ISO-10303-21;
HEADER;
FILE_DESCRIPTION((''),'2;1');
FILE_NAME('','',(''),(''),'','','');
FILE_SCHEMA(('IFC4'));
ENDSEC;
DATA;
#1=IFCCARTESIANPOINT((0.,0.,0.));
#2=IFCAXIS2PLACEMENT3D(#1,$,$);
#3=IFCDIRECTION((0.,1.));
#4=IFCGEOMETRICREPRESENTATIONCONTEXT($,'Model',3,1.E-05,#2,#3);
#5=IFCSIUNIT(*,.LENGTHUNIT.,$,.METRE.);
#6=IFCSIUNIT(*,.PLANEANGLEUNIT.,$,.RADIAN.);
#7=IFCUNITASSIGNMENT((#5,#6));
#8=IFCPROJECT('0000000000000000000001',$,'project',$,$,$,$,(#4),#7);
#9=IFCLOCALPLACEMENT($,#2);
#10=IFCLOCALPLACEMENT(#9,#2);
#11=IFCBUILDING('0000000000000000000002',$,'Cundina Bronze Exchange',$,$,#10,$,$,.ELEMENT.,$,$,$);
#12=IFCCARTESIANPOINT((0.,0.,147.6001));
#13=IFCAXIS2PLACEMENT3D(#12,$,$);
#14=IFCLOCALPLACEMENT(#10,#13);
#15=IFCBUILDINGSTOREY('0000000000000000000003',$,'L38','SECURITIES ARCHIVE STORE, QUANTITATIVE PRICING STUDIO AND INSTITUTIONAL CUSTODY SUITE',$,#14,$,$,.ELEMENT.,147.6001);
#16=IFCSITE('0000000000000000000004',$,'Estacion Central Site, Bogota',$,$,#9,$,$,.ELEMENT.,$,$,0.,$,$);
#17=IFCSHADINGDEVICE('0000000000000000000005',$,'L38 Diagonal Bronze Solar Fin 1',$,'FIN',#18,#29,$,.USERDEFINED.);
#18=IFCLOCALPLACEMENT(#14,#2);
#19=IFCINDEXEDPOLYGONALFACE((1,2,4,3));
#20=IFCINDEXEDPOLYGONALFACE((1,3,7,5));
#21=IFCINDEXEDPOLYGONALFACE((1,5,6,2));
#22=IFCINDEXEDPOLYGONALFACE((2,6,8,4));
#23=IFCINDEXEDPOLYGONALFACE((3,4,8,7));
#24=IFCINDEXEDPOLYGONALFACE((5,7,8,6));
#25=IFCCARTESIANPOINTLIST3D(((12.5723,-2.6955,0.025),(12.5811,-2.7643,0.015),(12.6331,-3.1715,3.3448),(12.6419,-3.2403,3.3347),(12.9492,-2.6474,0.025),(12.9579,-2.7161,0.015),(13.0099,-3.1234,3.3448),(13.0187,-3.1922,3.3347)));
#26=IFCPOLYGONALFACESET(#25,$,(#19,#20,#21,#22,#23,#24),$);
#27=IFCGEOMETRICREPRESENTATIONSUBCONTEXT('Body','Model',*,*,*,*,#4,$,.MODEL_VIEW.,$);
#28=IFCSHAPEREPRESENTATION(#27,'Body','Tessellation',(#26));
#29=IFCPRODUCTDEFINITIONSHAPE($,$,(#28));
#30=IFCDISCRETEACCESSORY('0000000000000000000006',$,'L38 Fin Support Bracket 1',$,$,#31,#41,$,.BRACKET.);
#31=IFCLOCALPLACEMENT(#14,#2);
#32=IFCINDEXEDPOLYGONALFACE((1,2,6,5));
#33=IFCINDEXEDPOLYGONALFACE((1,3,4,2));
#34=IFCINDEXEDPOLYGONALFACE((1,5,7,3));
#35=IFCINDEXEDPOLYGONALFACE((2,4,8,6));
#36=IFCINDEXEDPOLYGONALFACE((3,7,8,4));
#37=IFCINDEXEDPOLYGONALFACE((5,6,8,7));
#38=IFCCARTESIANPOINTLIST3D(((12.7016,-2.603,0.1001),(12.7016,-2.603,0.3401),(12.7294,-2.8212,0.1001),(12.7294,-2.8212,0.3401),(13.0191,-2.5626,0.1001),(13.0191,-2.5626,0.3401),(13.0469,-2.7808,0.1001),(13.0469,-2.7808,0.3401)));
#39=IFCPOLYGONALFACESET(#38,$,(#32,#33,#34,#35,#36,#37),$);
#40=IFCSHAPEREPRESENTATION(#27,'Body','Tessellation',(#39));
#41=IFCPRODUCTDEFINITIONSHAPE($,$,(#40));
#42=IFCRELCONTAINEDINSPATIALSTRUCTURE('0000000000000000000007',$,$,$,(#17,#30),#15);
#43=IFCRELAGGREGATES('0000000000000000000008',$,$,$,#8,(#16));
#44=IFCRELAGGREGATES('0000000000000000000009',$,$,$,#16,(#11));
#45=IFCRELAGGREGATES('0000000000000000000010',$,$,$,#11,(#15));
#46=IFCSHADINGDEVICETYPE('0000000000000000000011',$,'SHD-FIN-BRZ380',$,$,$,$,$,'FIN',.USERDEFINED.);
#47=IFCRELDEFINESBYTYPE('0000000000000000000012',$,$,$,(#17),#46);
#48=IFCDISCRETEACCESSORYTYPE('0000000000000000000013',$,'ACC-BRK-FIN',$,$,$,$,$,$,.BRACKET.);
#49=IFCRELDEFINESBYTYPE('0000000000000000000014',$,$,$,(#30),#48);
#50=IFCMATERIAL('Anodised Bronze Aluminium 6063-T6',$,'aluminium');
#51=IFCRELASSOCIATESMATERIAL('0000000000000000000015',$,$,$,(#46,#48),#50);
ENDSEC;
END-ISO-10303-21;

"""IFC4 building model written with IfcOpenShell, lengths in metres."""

from ifc_helpers import new_model, si_unit, direction, frame, origin, origin_2d, place, context, subcontext, project, spatial, rectangle, extrude, material, material_profile, profile_set, type_object, element, save


model = new_model("IFC4")

# Units and contexts
model_context = context("Model", 3, precision=1e-05, world=origin(), true_north=direction((0.0, 1.0)))
body_context = subcontext(model_context, "Body", "Model", "MODEL_VIEW")
ifc_project = project(units=[si_unit("LENGTHUNIT", "METRE"), si_unit("PLANEANGLEUNIT", "RADIAN")], contexts=[model_context])

# Site, building, storey
site_placement = place(None, origin())
site = spatial("IfcSite", under=ifc_project, at=site_placement, Name="Estacion Central Site, Bogota", CompositionType="ELEMENT", RefElevation=0.0)
building_placement = place(site_placement, origin())
building = spatial("IfcBuilding", under=site, at=building_placement, Name="Cundina Bronze Exchange", CompositionType="ELEMENT")
storey_placement = place(building_placement, frame((0.0, 0.0, 147.6001)))
storey = spatial("IfcBuildingStorey", under=building, at=storey_placement, Name="L38", Description="SECURITIES ARCHIVE STORE, QUANTITATIVE PRICING STUDIO AND INSTITUTIONAL CUSTODY SUITE", CompositionType="ELEMENT", Elevation=147.6001)

# Shared definitions
ifc_material_1 = material(Name="Anodised Bronze Aluminium 6063-T6", Category="aluminium")

# Shading device
ifc_material_profile_1 = material_profile(ifc_material_1, rectangle(XDim=0.0701, YDim=0.3799, at=origin_2d()), Name="FIN70X380", Category="aluminium")
ifc_profile_set_1 = profile_set([ifc_material_profile_1], Name="Anodised Bronze Aluminium 6063-T6")
shading_device_type = type_object("IfcShadingDeviceType", Name="SHD-FIN-BRZ380", ElementType="FIN", PredefinedType="USERDEFINED", material=ifc_profile_set_1)
shading_device_placement = place(storey_placement, frame((12.7651, -2.7058, 0.02), z_axis=(0.018123, -0.141928, 0.989711), x_axis=(-0.125361, 0.98174, 0.14308)))
element("IfcShadingDevice", 1, at=shading_device_placement, inside=storey, type_object=shading_device_type, Name="L38 Diagonal Bronze Solar Fin 1", ObjectType="FIN", PredefinedType="USERDEFINED", context=body_context, shape_type="SweptSolid", body=[
    extrude(rectangle(XDim=0.0701, YDim=0.3799, at=origin_2d()), origin(), (0.0, 0.0, 1.0), 3.3542),
])

# Discrete accessory
discrete_accessory_type = type_object("IfcDiscreteAccessoryType", Name="ACC-BRK-FIN", PredefinedType="BRACKET", material=ifc_material_1)
discrete_accessory_placement = place(storey_placement, frame((12.8743, -2.6919, 0.1001), z_axis=(0.0, 0.0, 1.0), x_axis=(0.126476, -0.99197, 0.0)))
element("IfcDiscreteAccessory", 2, at=discrete_accessory_placement, inside=storey, type_object=discrete_accessory_type, Name="L38 Fin Support Bracket 1", PredefinedType="BRACKET", context=body_context, shape_type="SweptSolid", body=[
    extrude(rectangle(XDim=0.22, YDim=0.3201, at=origin_2d()), origin(), (0.0, 0.0, 1.0), 0.24),
])

save(model, "model.ifc")
